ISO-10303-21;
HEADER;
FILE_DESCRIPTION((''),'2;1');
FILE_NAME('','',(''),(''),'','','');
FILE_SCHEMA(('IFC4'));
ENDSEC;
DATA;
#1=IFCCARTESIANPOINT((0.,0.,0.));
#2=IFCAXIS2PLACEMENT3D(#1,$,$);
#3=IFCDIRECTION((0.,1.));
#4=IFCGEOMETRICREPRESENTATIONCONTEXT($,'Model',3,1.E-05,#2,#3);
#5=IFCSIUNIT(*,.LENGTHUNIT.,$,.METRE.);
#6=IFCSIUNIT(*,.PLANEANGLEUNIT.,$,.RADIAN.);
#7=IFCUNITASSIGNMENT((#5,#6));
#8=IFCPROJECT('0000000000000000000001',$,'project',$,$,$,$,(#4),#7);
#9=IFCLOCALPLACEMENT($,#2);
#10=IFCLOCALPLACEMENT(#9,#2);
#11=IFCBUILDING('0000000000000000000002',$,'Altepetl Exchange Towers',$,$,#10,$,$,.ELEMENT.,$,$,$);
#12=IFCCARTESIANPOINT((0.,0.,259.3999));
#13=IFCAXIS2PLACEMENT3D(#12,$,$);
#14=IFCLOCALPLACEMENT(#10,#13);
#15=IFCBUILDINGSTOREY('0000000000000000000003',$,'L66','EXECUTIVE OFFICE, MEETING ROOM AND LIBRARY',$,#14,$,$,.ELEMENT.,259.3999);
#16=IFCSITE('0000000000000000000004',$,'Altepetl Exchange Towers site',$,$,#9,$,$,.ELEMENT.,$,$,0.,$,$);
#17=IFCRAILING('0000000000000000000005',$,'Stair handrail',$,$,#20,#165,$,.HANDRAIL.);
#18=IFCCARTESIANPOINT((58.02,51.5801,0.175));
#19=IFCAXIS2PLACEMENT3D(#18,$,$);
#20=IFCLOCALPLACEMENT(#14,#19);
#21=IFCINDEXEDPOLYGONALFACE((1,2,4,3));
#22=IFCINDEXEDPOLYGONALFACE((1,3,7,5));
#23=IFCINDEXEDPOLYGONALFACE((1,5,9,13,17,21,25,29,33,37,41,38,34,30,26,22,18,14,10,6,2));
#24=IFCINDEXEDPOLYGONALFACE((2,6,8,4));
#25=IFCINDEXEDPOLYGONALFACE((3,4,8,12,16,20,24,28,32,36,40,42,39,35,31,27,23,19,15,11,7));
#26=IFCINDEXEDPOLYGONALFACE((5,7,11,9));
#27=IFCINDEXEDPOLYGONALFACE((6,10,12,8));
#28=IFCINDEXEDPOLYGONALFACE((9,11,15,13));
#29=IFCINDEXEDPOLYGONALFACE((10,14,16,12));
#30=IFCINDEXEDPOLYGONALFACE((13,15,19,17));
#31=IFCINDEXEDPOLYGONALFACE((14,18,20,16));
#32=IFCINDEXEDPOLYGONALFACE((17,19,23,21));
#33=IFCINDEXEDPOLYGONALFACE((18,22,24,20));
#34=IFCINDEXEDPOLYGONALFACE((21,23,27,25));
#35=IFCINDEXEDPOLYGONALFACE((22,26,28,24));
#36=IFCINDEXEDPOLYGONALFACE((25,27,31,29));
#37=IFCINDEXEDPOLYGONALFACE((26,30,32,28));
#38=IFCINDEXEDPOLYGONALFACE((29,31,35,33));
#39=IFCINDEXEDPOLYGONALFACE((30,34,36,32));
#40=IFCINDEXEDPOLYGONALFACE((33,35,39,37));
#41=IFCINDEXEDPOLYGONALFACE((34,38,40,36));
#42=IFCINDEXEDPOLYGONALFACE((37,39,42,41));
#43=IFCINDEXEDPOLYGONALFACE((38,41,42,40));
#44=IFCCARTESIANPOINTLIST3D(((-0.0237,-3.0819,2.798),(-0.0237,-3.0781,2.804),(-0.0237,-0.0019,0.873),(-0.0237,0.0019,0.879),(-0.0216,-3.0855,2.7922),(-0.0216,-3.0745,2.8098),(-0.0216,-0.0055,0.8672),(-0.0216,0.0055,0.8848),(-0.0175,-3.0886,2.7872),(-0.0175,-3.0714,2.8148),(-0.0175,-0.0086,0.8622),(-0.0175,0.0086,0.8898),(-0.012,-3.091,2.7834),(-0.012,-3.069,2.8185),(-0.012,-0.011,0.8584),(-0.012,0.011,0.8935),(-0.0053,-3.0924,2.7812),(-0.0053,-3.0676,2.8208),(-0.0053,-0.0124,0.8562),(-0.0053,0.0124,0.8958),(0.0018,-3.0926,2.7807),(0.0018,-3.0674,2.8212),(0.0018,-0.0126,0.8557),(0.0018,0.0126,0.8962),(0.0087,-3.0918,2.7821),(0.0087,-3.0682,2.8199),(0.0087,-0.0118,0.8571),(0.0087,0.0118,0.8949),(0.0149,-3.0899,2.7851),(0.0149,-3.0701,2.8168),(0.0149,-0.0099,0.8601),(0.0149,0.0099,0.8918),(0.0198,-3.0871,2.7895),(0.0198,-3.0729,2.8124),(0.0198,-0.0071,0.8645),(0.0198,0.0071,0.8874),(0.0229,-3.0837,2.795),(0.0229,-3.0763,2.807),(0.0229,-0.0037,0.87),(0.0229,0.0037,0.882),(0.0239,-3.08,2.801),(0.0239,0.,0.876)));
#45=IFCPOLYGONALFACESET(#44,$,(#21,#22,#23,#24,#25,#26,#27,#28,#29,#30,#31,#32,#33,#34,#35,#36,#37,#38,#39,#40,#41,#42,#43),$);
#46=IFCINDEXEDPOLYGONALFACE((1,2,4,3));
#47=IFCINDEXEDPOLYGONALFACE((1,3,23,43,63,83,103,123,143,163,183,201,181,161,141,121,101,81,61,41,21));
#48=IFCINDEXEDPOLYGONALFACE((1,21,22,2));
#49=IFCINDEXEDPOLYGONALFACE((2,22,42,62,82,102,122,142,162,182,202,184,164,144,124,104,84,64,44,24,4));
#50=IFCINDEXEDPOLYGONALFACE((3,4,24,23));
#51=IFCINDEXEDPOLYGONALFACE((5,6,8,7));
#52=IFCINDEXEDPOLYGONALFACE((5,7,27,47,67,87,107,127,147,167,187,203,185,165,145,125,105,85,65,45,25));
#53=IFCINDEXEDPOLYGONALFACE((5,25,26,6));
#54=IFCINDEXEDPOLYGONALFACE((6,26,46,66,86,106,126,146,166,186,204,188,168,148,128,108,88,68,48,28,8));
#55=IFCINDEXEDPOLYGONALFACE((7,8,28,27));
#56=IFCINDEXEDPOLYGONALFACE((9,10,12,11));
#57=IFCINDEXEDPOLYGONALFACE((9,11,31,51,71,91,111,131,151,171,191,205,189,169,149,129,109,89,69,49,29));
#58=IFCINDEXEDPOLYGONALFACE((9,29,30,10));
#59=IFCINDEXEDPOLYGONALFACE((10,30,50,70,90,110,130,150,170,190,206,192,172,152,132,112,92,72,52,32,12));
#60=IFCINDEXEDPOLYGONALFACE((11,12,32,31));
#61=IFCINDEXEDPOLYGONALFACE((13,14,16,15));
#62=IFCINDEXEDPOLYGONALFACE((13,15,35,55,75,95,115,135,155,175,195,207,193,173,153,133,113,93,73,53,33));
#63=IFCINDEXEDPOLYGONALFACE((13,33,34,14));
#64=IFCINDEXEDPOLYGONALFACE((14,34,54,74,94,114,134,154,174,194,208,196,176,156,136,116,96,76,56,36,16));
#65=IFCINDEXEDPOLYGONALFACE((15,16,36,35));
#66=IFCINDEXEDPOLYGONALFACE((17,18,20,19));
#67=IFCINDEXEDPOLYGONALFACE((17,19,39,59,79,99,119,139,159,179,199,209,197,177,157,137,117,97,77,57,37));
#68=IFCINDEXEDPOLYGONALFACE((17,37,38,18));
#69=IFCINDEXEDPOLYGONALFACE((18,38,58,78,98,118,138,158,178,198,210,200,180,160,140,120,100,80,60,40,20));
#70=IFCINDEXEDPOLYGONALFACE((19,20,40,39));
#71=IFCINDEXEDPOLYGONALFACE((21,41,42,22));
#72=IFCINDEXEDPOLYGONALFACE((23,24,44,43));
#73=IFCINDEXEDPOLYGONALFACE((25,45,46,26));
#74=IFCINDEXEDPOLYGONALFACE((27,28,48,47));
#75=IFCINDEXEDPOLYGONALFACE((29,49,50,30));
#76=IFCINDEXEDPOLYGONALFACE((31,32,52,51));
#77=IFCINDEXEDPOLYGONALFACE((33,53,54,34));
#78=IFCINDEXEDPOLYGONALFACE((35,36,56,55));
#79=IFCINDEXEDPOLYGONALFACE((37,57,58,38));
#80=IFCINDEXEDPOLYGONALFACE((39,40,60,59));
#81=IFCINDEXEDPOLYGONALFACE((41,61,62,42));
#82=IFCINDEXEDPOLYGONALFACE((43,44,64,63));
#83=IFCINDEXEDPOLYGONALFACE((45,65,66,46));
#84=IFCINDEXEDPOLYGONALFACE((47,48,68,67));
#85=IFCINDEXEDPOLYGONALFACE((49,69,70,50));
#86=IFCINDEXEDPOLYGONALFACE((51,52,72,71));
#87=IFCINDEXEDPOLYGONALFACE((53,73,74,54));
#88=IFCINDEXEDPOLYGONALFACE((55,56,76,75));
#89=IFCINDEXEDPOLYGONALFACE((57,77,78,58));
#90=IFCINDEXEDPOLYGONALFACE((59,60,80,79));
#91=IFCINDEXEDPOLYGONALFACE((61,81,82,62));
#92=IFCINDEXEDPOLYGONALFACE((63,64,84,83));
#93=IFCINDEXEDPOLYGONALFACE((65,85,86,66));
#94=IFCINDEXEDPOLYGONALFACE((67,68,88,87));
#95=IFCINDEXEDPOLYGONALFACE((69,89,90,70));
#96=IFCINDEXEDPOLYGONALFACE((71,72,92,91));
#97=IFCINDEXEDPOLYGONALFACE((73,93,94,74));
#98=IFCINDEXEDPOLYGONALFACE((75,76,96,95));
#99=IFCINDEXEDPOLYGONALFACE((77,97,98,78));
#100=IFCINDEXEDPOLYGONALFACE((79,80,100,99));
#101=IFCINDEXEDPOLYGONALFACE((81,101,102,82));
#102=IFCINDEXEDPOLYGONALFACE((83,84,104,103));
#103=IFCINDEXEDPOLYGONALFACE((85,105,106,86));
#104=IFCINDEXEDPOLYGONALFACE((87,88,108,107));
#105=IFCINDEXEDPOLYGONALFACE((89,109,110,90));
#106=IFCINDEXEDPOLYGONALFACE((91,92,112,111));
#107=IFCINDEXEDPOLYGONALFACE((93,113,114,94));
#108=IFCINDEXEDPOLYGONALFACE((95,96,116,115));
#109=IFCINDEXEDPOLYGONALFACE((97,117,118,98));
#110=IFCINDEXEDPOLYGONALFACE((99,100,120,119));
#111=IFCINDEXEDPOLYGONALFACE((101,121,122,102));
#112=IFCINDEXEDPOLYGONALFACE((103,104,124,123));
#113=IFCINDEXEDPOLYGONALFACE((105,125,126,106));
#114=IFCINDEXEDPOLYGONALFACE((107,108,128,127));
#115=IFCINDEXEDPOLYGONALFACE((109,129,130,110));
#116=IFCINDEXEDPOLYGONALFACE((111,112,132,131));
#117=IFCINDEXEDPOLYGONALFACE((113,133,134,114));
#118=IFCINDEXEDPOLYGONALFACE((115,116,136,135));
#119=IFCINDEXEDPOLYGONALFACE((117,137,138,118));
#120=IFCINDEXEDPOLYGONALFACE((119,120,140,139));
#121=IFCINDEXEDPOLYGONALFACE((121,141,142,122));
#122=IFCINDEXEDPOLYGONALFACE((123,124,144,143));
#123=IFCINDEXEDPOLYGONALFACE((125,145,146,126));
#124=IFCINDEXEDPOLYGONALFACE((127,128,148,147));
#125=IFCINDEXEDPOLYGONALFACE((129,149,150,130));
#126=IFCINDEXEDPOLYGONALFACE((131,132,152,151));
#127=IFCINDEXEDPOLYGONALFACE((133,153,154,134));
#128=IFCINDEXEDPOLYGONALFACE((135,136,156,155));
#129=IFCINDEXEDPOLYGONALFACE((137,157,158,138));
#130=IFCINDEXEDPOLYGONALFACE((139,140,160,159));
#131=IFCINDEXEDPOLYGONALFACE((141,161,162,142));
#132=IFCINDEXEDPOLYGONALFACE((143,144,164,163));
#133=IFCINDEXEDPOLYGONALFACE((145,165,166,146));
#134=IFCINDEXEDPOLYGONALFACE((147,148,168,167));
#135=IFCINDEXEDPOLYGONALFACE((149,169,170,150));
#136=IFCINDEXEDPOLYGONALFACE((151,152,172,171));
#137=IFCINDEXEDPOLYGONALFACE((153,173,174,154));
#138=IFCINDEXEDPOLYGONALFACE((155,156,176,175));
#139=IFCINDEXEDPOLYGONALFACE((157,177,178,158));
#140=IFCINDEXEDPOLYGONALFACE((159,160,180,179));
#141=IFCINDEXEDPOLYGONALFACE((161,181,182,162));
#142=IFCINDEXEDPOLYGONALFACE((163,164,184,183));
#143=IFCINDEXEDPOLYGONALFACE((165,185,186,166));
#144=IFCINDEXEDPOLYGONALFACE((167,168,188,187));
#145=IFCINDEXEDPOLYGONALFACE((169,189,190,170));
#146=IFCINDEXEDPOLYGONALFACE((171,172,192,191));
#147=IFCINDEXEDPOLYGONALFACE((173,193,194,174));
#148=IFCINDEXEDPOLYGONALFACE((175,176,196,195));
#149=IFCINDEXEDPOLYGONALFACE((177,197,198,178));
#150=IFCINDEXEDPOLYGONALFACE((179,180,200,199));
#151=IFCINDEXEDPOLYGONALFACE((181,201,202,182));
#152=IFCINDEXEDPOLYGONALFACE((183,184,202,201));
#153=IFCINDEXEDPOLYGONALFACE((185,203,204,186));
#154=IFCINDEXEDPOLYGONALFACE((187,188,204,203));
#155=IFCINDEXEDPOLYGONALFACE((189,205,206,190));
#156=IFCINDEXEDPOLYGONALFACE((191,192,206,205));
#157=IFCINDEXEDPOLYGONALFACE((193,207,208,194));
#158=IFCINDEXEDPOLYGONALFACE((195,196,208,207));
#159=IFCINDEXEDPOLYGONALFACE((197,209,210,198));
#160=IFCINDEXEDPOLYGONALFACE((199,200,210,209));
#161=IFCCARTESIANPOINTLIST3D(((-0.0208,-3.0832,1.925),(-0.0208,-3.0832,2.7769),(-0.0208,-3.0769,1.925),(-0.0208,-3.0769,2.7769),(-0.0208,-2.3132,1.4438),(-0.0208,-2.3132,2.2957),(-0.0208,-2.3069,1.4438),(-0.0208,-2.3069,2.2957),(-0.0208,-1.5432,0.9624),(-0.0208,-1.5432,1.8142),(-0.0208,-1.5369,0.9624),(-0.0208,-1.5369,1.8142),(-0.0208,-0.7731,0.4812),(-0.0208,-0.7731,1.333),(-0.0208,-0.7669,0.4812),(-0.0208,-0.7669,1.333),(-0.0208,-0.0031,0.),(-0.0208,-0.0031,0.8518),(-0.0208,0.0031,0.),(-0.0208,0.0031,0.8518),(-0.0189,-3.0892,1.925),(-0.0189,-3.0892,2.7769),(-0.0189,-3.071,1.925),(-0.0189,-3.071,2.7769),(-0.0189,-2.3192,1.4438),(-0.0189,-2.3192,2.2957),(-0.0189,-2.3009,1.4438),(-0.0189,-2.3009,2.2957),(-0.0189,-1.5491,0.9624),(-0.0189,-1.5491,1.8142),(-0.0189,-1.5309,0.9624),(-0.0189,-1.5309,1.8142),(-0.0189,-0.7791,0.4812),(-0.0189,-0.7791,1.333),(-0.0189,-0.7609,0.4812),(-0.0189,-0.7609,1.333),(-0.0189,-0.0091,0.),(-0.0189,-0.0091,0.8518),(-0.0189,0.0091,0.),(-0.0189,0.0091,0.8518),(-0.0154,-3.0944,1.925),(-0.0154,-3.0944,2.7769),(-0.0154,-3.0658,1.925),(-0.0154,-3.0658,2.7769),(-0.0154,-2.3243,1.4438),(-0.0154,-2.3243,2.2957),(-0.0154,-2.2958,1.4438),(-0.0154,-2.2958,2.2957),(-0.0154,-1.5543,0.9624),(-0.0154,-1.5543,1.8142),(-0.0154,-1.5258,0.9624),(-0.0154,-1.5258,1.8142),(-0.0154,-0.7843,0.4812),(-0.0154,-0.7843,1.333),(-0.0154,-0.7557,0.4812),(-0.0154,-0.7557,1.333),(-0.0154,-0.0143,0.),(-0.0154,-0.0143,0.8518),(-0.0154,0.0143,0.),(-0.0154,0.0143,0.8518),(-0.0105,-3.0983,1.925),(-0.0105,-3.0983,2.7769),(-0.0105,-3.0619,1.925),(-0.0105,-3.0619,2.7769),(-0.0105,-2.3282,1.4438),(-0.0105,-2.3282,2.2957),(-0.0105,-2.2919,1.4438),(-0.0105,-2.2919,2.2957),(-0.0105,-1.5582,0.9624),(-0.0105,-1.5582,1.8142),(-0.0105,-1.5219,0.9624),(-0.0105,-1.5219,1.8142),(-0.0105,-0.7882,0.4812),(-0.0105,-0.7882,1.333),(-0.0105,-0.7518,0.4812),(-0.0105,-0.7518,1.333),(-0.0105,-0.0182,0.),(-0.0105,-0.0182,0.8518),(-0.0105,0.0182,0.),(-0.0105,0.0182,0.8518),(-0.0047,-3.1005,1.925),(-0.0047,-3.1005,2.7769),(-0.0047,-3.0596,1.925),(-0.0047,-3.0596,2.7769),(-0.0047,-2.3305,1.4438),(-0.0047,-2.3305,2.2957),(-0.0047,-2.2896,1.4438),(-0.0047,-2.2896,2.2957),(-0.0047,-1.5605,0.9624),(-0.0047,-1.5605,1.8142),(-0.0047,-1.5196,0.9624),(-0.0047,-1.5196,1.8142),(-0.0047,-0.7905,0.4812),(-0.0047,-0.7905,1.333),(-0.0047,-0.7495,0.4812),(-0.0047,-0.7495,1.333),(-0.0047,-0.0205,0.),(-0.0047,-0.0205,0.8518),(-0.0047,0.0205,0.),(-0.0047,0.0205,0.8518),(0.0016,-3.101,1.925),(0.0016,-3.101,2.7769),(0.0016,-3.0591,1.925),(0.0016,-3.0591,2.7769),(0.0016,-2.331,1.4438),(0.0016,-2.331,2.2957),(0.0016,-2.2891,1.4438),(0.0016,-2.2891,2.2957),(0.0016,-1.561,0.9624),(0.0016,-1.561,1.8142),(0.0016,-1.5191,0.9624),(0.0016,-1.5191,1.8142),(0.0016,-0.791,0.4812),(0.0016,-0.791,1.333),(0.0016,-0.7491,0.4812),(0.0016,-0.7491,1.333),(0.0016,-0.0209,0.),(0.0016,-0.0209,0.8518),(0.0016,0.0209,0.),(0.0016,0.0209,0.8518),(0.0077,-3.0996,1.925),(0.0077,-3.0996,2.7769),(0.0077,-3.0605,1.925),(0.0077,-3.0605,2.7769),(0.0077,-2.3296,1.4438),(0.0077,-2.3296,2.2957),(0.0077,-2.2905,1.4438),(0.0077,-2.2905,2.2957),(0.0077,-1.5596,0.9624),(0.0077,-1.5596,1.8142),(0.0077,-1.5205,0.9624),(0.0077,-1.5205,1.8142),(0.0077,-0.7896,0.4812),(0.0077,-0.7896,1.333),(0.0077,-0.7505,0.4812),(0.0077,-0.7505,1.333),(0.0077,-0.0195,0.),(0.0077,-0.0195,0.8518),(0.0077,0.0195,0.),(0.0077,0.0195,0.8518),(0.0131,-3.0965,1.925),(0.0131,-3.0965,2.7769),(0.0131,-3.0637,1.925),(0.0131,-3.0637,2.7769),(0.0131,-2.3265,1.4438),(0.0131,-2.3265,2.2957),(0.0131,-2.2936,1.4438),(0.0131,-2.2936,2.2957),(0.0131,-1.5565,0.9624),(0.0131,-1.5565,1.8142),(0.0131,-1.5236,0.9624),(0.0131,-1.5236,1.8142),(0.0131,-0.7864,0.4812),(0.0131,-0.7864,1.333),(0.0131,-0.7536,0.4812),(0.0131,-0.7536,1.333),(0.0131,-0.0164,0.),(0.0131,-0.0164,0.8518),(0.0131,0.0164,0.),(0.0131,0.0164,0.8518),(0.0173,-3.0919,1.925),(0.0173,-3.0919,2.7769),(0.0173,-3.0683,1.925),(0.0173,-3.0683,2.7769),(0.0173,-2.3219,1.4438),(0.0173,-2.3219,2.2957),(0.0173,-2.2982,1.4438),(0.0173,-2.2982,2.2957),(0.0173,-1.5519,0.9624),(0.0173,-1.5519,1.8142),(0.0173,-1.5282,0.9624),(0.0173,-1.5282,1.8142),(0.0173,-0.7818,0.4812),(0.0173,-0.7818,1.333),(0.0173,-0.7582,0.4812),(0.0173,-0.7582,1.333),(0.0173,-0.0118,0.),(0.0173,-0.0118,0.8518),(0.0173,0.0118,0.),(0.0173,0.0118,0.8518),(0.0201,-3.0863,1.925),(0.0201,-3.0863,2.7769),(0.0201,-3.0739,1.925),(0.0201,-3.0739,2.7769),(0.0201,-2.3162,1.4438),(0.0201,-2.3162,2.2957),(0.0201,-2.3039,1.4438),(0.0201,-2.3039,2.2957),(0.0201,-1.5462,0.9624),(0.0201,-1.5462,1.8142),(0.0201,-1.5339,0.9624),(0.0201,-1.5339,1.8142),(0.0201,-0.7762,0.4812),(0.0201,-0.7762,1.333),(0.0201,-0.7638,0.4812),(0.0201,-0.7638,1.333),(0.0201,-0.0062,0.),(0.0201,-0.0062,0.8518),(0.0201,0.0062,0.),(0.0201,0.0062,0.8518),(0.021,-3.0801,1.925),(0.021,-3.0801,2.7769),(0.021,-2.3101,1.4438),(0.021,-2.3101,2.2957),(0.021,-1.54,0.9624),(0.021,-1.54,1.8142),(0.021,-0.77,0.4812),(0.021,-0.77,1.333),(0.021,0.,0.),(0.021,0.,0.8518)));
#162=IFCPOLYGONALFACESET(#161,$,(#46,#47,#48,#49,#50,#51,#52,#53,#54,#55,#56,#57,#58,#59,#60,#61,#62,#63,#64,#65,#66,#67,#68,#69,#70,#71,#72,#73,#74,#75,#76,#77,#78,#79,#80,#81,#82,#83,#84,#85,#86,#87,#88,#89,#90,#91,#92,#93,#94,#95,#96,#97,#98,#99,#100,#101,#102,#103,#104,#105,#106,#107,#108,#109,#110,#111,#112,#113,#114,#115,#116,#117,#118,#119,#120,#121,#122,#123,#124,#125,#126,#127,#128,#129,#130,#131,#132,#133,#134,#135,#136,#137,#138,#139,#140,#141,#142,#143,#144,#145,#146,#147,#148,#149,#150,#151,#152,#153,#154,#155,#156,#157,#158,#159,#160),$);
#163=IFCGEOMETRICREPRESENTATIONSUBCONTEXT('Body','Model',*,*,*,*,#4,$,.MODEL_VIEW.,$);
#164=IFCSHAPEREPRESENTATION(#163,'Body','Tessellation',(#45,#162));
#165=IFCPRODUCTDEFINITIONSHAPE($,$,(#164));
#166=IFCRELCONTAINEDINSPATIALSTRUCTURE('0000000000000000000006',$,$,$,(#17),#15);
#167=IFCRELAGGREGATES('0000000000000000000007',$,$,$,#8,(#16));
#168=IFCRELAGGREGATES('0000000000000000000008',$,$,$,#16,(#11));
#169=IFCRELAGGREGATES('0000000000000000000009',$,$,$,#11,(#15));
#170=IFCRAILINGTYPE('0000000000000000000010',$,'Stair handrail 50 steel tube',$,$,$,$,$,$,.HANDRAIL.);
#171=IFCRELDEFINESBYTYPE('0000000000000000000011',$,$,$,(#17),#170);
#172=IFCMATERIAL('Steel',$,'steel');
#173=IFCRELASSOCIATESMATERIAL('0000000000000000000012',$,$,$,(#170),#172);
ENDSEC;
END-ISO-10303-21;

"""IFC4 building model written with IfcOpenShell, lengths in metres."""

from ifc_helpers import new_model, si_unit, direction, frame, origin, origin_2d, place, context, subcontext, project, spatial, circle, extrude, source, transform, mapped, material, type_object, element, save


model = new_model("IFC4")

# Units and contexts
model_context = context("Model", 3, precision=1e-05, world=origin(), true_north=direction((0.0, 1.0)))
body_context = subcontext(model_context, "Body", "Model", "MODEL_VIEW")
ifc_project = project(units=[si_unit("LENGTHUNIT", "METRE"), si_unit("PLANEANGLEUNIT", "RADIAN")], contexts=[model_context])

# Site, building, storey
site_placement = place(None, origin())
site = spatial("IfcSite", under=ifc_project, at=site_placement, Name="Altepetl Exchange Towers site", CompositionType="ELEMENT", RefElevation=0.0)
building_placement = place(site_placement, origin())
building = spatial("IfcBuilding", under=site, at=building_placement, Name="Altepetl Exchange Towers", CompositionType="ELEMENT")
storey_placement = place(building_placement, frame((0.0, 0.0, 259.3999)))
storey = spatial("IfcBuildingStorey", under=building, at=storey_placement, Name="L66", Description="EXECUTIVE OFFICE, MEETING ROOM AND LIBRARY", CompositionType="ELEMENT", Elevation=259.3999)

# Railing
ifc_material_1 = material(Name="Steel", Category="steel")
railing_type = type_object("IfcRailingType", Name="Stair handrail 50 steel tube", PredefinedType="HANDRAIL", material=ifc_material_1)
shared_shape = source(origin(), body_context, "Body", "SweptSolid", [
    extrude(circle(Radius=0.021, at=origin_2d()), origin(), (0.0, 0.0, 1.0), 0.8518),
])
for number, where, name in (
    (1, (58.02, 51.5801, 0.175), "Stair handrail"),
):
    element("IfcRailing", number, at=place(storey_placement, frame(where)), inside=storey, type_object=railing_type, Name=name, PredefinedType="HANDRAIL", context=body_context, shape_type="SweptSolid", body=[
        extrude(circle(Radius=0.0239, at=origin_2d()), frame((0.0, 0.0, 0.876), z_axis=(0.0, -0.847998, 0.529999), x_axis=(1.0, 0.0, 0.0)), (0.0, 0.0, 1.0), 3.6321),
        mapped(shared_shape, transform((0.0, 0.0, 0.0))),
        mapped(shared_shape, transform((0.0, -0.77, 0.4812))),
        mapped(shared_shape, transform((0.0, -1.54, 0.9624))),
        mapped(shared_shape, transform((0.0, -2.3101, 1.4438))),
        mapped(shared_shape, transform((0.0, -3.0801, 1.925))),
    ])

save(model, "model.ifc")
